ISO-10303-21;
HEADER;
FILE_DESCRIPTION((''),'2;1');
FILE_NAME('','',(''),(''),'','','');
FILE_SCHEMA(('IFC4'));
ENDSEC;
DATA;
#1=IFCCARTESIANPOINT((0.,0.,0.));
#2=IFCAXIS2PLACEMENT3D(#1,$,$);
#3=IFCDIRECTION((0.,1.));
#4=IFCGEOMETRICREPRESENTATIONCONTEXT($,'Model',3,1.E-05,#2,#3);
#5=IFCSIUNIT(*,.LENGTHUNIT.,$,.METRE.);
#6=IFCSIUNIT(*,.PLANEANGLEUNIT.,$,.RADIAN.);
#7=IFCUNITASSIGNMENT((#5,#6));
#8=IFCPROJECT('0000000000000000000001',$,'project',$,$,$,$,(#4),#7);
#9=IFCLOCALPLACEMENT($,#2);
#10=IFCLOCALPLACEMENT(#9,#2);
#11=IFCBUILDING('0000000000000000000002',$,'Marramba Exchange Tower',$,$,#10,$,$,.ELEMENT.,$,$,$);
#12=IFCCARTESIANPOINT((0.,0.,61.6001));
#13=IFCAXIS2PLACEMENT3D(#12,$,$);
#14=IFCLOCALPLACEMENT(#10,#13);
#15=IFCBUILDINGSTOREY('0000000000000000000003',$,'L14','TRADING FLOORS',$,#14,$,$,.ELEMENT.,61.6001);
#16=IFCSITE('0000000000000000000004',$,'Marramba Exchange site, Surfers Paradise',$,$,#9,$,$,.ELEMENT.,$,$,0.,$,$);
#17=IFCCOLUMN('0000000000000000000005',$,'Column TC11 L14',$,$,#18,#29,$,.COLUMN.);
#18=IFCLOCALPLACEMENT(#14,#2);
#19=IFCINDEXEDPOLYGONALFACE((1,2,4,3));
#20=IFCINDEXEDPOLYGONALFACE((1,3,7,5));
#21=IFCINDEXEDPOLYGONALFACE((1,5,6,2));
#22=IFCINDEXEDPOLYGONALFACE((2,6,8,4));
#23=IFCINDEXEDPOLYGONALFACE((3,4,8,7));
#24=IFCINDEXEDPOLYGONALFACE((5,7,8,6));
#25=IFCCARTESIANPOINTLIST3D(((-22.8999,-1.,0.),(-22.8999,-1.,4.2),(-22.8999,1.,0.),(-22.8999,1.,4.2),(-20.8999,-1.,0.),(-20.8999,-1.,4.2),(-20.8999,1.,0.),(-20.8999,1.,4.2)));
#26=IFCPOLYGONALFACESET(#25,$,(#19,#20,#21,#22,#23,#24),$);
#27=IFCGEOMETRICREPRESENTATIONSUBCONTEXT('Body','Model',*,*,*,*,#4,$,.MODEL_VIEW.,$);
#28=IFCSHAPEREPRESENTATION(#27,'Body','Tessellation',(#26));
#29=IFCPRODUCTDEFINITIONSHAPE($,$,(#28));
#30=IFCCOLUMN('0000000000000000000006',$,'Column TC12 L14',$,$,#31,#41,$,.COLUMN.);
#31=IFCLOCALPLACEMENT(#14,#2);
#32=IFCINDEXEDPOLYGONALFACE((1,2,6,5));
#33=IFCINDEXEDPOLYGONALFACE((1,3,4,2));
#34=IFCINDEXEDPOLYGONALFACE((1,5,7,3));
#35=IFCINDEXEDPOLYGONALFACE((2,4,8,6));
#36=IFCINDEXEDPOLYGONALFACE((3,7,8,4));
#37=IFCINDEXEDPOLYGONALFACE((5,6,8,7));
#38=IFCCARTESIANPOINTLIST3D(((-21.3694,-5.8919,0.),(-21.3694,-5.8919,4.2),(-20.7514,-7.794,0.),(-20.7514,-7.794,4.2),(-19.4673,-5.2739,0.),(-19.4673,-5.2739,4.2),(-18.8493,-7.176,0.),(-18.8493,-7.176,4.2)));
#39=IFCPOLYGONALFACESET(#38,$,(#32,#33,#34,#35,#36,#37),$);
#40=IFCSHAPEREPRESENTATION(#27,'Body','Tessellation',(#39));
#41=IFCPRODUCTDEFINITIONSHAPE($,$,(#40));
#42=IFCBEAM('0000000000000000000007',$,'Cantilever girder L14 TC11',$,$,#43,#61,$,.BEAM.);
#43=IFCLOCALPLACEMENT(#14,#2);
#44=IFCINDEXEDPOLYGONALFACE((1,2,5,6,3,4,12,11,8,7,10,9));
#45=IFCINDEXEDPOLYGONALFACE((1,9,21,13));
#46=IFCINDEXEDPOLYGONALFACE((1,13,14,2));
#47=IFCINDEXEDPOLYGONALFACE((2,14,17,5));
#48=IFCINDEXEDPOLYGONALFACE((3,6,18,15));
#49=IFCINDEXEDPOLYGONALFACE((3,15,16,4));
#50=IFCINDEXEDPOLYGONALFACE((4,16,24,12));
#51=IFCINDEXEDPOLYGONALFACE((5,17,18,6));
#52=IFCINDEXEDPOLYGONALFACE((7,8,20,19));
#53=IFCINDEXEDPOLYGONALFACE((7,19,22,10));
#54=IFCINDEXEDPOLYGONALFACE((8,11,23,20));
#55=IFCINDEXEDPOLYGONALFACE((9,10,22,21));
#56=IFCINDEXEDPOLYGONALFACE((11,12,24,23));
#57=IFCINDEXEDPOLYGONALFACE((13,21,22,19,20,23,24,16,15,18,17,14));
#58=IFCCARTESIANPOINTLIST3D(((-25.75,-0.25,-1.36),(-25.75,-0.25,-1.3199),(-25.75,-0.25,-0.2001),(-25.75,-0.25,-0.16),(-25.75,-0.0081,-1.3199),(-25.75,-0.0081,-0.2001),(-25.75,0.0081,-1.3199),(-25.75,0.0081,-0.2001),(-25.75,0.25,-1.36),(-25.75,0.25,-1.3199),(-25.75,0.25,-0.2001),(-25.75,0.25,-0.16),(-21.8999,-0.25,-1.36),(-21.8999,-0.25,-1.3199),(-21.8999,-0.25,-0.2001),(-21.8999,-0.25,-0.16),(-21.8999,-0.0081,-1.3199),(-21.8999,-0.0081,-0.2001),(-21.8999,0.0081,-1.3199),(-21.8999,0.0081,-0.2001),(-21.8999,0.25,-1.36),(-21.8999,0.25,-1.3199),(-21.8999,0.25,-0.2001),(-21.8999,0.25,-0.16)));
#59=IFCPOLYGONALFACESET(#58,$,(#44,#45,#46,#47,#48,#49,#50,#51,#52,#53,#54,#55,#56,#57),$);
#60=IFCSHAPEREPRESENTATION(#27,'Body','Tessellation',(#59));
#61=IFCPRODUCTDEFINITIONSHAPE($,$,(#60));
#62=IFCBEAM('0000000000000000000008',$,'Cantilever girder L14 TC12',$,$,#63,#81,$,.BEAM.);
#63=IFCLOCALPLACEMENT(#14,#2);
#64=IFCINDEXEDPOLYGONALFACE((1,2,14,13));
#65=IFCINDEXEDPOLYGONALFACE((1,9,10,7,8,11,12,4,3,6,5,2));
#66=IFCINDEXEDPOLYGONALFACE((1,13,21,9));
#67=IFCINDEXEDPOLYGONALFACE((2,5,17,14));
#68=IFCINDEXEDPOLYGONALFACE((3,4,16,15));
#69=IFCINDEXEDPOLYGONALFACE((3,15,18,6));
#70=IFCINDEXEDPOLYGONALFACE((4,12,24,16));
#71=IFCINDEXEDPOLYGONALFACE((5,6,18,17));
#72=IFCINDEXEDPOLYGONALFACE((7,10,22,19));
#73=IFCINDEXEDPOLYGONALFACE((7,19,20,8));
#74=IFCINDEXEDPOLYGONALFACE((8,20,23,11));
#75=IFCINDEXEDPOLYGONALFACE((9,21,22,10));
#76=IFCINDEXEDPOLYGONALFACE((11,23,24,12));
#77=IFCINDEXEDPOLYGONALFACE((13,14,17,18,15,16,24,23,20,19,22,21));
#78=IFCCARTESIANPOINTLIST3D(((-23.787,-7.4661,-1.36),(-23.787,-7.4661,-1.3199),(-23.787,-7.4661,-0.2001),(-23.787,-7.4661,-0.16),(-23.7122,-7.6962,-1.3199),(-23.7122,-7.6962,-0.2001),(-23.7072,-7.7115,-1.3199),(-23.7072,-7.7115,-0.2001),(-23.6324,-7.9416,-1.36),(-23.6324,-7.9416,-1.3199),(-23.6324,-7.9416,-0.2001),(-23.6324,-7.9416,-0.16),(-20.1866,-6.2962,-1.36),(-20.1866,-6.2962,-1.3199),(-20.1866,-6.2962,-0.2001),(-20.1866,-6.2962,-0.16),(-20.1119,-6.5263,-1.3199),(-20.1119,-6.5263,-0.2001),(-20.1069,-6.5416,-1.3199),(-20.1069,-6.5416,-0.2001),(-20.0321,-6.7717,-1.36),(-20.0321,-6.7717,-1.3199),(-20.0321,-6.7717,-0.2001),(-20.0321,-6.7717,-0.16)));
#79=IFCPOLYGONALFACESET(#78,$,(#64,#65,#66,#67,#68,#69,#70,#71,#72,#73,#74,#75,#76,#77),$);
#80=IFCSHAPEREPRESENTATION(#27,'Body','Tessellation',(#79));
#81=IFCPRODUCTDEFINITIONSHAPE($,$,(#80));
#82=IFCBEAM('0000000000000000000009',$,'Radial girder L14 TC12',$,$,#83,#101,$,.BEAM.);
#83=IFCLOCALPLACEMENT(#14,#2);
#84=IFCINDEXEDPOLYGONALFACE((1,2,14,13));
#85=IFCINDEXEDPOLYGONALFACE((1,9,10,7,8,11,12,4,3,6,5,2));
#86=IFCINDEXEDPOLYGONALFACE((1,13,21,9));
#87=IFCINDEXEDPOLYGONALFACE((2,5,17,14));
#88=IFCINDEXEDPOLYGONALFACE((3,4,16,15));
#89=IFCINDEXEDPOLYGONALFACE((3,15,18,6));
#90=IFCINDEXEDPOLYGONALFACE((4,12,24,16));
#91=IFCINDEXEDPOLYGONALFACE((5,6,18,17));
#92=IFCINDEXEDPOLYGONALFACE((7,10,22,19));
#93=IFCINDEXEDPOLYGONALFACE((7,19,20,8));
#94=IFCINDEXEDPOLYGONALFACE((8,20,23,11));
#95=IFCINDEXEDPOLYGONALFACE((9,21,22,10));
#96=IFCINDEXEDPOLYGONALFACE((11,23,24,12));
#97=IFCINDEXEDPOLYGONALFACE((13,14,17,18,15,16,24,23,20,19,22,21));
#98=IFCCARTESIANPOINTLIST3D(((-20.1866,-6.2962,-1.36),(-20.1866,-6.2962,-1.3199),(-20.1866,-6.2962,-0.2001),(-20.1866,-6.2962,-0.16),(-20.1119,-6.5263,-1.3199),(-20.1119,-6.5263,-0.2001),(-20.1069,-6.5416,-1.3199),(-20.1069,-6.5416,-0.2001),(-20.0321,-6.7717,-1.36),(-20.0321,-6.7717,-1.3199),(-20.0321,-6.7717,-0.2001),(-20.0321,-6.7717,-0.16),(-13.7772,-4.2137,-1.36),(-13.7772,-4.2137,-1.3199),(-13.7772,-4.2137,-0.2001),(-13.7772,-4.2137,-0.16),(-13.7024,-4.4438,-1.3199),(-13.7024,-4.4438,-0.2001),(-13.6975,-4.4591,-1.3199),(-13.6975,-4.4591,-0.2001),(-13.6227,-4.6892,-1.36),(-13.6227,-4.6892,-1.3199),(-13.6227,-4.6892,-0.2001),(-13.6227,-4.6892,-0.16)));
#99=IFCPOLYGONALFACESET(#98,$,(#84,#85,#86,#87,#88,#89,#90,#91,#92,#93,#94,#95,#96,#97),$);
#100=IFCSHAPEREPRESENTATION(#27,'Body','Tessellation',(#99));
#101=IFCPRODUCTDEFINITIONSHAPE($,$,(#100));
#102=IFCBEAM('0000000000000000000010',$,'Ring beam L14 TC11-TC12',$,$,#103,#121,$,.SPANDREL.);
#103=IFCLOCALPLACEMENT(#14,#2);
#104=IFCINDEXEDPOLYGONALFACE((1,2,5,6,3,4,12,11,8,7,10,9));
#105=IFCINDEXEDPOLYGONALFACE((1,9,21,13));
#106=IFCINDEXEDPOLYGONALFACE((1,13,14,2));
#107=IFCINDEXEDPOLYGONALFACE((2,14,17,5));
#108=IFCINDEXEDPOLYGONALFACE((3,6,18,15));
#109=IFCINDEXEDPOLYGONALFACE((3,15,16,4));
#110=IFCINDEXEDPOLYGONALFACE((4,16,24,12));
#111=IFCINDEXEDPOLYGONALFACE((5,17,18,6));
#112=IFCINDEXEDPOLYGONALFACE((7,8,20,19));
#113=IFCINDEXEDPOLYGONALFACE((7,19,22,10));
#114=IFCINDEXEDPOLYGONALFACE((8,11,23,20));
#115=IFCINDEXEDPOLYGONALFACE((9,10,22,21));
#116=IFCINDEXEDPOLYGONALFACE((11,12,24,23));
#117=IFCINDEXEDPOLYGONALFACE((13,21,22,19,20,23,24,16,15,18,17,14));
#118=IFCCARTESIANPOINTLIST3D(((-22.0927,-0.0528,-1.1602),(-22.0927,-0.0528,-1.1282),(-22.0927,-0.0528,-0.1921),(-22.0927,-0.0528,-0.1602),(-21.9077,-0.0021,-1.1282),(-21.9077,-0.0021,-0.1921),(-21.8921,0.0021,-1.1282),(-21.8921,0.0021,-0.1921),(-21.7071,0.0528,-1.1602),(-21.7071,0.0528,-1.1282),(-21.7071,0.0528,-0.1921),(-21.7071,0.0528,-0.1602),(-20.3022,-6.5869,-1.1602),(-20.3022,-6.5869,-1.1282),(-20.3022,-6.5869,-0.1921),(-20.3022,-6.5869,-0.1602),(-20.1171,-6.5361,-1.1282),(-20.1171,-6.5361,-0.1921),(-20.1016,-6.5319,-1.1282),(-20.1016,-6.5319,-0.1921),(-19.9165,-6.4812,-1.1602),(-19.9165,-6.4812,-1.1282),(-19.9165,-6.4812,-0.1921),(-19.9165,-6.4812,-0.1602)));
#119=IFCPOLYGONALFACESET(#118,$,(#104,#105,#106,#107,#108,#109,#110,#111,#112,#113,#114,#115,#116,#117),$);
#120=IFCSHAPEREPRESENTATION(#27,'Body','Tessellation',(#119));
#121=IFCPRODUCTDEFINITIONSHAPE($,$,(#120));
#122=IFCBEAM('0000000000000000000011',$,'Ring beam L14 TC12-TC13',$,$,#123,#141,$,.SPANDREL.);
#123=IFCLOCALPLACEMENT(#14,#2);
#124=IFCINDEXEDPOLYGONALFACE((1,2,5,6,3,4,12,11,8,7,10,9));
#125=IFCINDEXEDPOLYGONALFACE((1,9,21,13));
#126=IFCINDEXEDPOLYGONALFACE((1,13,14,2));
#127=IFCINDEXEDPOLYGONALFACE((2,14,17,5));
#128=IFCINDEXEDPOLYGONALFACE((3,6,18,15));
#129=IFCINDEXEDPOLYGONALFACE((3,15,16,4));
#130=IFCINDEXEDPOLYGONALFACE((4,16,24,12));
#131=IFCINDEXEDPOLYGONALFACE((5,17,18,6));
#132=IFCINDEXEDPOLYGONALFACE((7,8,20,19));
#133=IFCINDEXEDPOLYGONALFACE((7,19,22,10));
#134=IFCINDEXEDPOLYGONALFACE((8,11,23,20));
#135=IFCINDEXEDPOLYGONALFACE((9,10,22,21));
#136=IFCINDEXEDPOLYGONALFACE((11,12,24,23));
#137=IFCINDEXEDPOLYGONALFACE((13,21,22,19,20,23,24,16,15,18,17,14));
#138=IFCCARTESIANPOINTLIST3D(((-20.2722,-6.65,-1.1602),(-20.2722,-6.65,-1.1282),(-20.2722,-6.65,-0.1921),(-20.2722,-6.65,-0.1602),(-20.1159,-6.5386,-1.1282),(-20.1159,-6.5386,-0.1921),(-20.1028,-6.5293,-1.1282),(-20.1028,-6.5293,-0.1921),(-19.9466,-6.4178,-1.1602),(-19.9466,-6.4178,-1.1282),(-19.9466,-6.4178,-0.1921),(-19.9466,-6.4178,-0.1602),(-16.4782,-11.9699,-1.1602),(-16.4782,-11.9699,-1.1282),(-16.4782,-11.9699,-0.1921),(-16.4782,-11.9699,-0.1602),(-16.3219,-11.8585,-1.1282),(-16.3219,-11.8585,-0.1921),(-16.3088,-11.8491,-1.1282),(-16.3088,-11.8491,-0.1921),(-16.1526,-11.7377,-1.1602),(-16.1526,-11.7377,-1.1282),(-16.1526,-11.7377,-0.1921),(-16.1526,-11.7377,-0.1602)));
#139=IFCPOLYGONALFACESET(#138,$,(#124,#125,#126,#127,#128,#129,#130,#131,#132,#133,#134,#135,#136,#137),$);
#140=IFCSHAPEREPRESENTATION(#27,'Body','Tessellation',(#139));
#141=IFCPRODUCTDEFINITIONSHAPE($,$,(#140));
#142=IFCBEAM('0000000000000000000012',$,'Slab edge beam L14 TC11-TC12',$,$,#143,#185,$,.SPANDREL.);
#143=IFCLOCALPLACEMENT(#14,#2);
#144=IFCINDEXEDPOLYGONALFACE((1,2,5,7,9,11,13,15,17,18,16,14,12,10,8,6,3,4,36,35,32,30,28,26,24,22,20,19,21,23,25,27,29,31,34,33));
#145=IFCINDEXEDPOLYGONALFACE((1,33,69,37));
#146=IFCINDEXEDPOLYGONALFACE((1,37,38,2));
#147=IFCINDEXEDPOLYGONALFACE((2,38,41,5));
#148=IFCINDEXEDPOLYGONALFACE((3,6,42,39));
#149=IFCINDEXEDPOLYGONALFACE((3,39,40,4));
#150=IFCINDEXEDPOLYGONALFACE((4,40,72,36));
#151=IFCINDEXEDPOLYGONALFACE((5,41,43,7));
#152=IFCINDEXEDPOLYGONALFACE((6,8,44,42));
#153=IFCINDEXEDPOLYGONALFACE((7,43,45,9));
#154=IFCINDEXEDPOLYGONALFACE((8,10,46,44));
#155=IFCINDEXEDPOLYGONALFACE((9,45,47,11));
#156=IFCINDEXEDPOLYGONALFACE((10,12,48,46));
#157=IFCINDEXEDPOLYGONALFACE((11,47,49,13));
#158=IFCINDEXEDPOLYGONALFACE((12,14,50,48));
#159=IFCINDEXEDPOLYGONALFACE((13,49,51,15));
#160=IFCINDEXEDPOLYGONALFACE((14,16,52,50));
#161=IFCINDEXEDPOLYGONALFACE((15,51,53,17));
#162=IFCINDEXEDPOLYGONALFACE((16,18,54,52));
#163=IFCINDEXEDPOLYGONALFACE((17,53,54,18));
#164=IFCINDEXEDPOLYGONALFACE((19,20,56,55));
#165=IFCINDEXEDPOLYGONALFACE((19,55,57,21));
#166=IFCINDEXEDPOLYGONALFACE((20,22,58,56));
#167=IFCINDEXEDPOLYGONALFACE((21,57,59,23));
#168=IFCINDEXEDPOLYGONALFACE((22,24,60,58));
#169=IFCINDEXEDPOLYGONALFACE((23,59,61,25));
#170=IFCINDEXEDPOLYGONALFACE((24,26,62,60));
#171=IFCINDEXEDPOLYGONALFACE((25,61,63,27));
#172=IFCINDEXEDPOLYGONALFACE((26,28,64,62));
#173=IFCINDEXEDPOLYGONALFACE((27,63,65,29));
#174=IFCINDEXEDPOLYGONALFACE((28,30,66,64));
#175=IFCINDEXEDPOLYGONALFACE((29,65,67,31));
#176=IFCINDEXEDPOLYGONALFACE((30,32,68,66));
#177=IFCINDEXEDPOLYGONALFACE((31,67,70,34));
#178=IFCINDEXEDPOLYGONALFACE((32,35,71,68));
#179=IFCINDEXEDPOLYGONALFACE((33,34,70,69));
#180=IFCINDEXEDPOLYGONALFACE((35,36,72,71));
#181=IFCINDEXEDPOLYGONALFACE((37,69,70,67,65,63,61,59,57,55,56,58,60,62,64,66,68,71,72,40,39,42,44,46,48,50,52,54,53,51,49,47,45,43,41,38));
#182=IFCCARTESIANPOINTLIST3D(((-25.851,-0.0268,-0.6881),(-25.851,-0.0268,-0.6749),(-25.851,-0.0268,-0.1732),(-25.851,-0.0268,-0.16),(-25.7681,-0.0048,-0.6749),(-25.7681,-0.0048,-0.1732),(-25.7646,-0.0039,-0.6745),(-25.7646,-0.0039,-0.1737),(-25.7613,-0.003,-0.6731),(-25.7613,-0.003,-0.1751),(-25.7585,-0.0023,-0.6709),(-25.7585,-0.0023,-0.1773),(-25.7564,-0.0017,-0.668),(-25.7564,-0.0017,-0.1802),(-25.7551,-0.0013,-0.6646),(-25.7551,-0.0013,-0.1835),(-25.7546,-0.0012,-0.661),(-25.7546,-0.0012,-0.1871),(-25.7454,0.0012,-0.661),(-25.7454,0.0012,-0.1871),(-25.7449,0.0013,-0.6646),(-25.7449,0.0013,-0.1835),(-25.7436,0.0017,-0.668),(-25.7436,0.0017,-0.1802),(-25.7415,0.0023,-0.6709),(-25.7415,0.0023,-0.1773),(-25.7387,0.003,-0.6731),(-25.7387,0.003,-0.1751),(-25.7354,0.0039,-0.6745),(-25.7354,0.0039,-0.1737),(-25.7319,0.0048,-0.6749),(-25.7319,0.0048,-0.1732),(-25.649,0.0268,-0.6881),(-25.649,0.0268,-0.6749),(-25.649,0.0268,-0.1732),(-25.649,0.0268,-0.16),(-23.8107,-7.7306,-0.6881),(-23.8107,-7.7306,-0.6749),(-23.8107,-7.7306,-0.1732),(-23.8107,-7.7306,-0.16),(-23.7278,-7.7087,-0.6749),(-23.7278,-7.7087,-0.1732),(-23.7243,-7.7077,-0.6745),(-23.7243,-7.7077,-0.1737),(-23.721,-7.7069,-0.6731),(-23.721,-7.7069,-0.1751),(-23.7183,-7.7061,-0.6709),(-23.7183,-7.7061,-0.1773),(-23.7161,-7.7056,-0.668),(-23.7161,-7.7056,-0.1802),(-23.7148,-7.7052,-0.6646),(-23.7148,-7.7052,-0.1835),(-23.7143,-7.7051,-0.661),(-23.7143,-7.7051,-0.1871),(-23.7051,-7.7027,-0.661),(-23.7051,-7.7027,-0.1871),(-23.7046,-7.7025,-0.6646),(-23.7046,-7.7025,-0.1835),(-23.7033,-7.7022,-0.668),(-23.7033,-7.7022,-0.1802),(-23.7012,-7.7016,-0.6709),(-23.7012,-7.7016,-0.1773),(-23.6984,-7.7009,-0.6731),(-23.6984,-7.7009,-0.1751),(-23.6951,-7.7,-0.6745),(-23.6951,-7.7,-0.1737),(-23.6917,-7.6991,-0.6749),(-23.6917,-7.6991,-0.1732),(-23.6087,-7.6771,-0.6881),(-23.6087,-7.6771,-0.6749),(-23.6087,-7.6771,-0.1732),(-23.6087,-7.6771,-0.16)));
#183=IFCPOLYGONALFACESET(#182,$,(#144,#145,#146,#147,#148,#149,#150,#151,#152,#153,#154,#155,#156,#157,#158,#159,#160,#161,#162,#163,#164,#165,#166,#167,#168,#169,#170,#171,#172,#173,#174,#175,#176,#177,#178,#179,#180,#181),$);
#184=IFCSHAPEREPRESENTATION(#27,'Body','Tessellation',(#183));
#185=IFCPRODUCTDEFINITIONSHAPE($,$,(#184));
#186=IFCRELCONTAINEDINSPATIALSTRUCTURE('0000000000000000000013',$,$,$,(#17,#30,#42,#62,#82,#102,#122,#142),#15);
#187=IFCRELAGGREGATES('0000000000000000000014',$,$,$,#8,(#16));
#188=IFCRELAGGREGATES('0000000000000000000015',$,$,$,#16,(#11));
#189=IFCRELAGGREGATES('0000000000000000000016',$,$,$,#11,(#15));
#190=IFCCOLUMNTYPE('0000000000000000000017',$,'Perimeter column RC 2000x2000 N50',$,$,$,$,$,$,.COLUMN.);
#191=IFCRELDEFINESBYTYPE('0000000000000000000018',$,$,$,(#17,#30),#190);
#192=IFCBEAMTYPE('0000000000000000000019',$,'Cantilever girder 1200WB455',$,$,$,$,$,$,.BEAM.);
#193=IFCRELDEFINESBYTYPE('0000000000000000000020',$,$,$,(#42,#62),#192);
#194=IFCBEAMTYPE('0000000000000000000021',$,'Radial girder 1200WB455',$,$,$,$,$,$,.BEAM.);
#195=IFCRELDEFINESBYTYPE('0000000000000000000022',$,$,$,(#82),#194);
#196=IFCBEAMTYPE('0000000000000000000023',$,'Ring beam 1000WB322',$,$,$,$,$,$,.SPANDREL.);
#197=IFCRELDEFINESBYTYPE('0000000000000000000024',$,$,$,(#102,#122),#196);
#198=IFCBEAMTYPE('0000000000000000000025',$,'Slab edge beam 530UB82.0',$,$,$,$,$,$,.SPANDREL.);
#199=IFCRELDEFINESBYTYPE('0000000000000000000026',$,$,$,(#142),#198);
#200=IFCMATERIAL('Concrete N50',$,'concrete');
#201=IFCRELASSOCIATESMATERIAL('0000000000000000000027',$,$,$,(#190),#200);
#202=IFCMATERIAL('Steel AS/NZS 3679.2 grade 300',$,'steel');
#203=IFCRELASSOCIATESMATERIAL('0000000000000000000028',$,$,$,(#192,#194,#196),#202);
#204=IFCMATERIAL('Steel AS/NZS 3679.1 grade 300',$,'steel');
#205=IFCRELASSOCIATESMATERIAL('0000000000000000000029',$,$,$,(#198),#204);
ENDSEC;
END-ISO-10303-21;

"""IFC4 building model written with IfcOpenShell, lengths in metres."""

from ifc_helpers import new_model, si_unit, direction, frame, origin, origin_2d, place, context, subcontext, project, spatial, rectangle, i_section, extrude, material, material_profile, profile_set, type_object, element, save


model = new_model("IFC4")

# Units and contexts
model_context = context("Model", 3, precision=1e-05, world=origin(), true_north=direction((0.0, 1.0)))
body_context = subcontext(model_context, "Body", "Model", "MODEL_VIEW")
ifc_project = project(units=[si_unit("LENGTHUNIT", "METRE"), si_unit("PLANEANGLEUNIT", "RADIAN")], contexts=[model_context])

# Site, building, storey
site_placement = place(None, origin())
site = spatial("IfcSite", under=ifc_project, at=site_placement, Name="Marramba Exchange site, Surfers Paradise", CompositionType="ELEMENT", RefElevation=0.0)
building_placement = place(site_placement, origin())
building = spatial("IfcBuilding", under=site, at=building_placement, Name="Marramba Exchange Tower", CompositionType="ELEMENT")
storey_placement = place(building_placement, frame((0.0, 0.0, 61.6001)))
storey = spatial("IfcBuildingStorey", under=building, at=storey_placement, Name="L14", Description="TRADING FLOORS", CompositionType="ELEMENT", Elevation=61.6001)

# Columns
ifc_material_1 = material(Name="Concrete N50", Category="concrete")
ifc_material_profile_1 = material_profile(ifc_material_1, rectangle(XDim=2.0, YDim=2.0, at=origin_2d()), Name="RC 2000x2000")
ifc_profile_set_1 = profile_set([ifc_material_profile_1], Name="Concrete N50")
column_type = type_object("IfcColumnType", Name="Perimeter column RC 2000x2000 N50", PredefinedType="COLUMN", material=ifc_profile_set_1)
for number, where, z_axis, x_axis, name in (
    (1, (-21.8999, 0.0, 0.0), (0.0, 0.0, 1.0), (-1.0, 0.0, 0.0), "Column TC11 L14"),
    (2, (-20.1094, -6.5339, 0.0), (0.0, 0.0, 1.0), (-0.951057, -0.309017, 0.0), "Column TC12 L14"),
):
    element("IfcColumn", number, at=place(storey_placement, frame(where, z_axis=z_axis, x_axis=x_axis)), inside=storey, type_object=column_type, Name=name, PredefinedType="COLUMN", context=body_context, shape_type="SweptSolid", body=[
        extrude(rectangle(XDim=2.0, YDim=2.0, at=origin_2d()), origin(), (0.0, 0.0, 1.0), 4.2),
    ])

# Beams
ifc_material_2 = material(Name="Steel AS/NZS 3679.2 grade 300", Category="steel")
ifc_material_profile_2 = material_profile(ifc_material_2, i_section(OverallWidth=0.5, OverallDepth=1.2, WebThickness=0.0161, FlangeThickness=0.04, at=origin_2d()), Name="1200WB455")
ifc_profile_set_2 = profile_set([ifc_material_profile_2], Name="Steel AS/NZS 3679.2 grade 300")
beam_type_1 = type_object("IfcBeamType", Name="Cantilever girder 1200WB455", PredefinedType="BEAM", material=ifc_profile_set_2)
beam_1_placement = place(storey_placement, frame((-21.8999, 0.0, -0.76), z_axis=(-1.0, 0.0, 0.0), x_axis=(0.0, -1.0, 0.0)))
element("IfcBeam", 3, at=beam_1_placement, inside=storey, type_object=beam_type_1, Name="Cantilever girder L14 TC11", PredefinedType="BEAM", context=body_context, shape_type="SweptSolid", body=[
    extrude(i_section(OverallWidth=0.5, OverallDepth=1.2, WebThickness=0.0161, FlangeThickness=0.04, at=origin_2d()), origin(), (0.0, 0.0, 1.0), 3.8501),
])
beam_2_placement = place(storey_placement, frame((-20.1094, -6.5339, -0.76), z_axis=(-0.951049, -0.309041, 0.0), x_axis=(0.309041, -0.951049, 0.0)))
element("IfcBeam", 4, at=beam_2_placement, inside=storey, type_object=beam_type_1, Name="Cantilever girder L14 TC12", PredefinedType="BEAM", context=body_context, shape_type="SweptSolid", body=[
    extrude(i_section(OverallWidth=0.5, OverallDepth=1.2, WebThickness=0.0161, FlangeThickness=0.04, at=origin_2d()), origin(), (0.0, 0.0, 1.0), 3.7856),
])
ifc_material_profile_3 = material_profile(ifc_material_2, i_section(OverallWidth=0.5, OverallDepth=1.2, WebThickness=0.0161, FlangeThickness=0.04, at=origin_2d()), Name="1200WB455")
ifc_profile_set_3 = profile_set([ifc_material_profile_3], Name="Steel AS/NZS 3679.2 grade 300")
beam_type_2 = type_object("IfcBeamType", Name="Radial girder 1200WB455", PredefinedType="BEAM", material=ifc_profile_set_3)
beam_3_placement = place(storey_placement, frame((-13.7, -4.4514, -0.76), z_axis=(-0.951058, -0.309013, 0.0), x_axis=(0.309013, -0.951058, 0.0)))
element("IfcBeam", 5, at=beam_3_placement, inside=storey, type_object=beam_type_2, Name="Radial girder L14 TC12", PredefinedType="BEAM", context=body_context, shape_type="SweptSolid", body=[
    extrude(i_section(OverallWidth=0.5, OverallDepth=1.2, WebThickness=0.0161, FlangeThickness=0.04, at=origin_2d()), origin(), (0.0, 0.0, 1.0), 6.7393),
])
ifc_material_profile_4 = material_profile(ifc_material_2, i_section(OverallWidth=0.3999, OverallDepth=1.0, WebThickness=0.0161, FlangeThickness=0.032, at=origin_2d()), Name="1000WB322")
ifc_profile_set_4 = profile_set([ifc_material_profile_4], Name="Steel AS/NZS 3679.2 grade 300")
beam_type_3 = type_object("IfcBeamType", Name="Ring beam 1000WB322", PredefinedType="SPANDREL", material=ifc_profile_set_4)
beam_4_placement = place(storey_placement, frame((-21.8999, 0.0, -0.6602), z_axis=(0.264291, -0.964443, 0.0), x_axis=(0.964443, 0.264291, 0.0)))
element("IfcBeam", 6, at=beam_4_placement, inside=storey, type_object=beam_type_3, Name="Ring beam L14 TC11-TC12", PredefinedType="SPANDREL", context=body_context, shape_type="SweptSolid", body=[
    extrude(i_section(OverallWidth=0.3999, OverallDepth=1.0, WebThickness=0.0161, FlangeThickness=0.032, at=origin_2d()), origin(), (0.0, 0.0, 1.0), 6.7749),
])
beam_5_placement = place(storey_placement, frame((-20.1094, -6.5339, -0.6602), z_axis=(0.580637, -0.814162, 0.0), x_axis=(0.814162, 0.580637, 0.0)))
element("IfcBeam", 7, at=beam_5_placement, inside=storey, type_object=beam_type_3, Name="Ring beam L14 TC12-TC13", PredefinedType="SPANDREL", context=body_context, shape_type="SweptSolid", body=[
    extrude(i_section(OverallWidth=0.3999, OverallDepth=1.0, WebThickness=0.0161, FlangeThickness=0.032, at=origin_2d()), origin(), (0.0, 0.0, 1.0), 6.5342),
])
ifc_material_3 = material(Name="Steel AS/NZS 3679.1 grade 300", Category="steel")
ifc_material_profile_5 = material_profile(ifc_material_3, i_section(OverallWidth=0.209, OverallDepth=0.5281, WebThickness=0.0095, FlangeThickness=0.0132, FilletRadius=0.0139, at=origin_2d()), Name="530UB82.0")
ifc_profile_set_5 = profile_set([ifc_material_profile_5], Name="Steel AS/NZS 3679.1 grade 300")
beam_type_4 = type_object("IfcBeamType", Name="Slab edge beam 530UB82.0", PredefinedType="SPANDREL", material=ifc_profile_set_5)
beam_6_placement = place(storey_placement, frame((-25.75, 0.0, -0.4241), z_axis=(0.256013, -0.966673, 0.0), x_axis=(0.966673, 0.256013, 0.0)))
element("IfcBeam", 8, at=beam_6_placement, inside=storey, type_object=beam_type_4, Name="Slab edge beam L14 TC11-TC12", PredefinedType="SPANDREL", context=body_context, shape_type="SweptSolid", body=[
    extrude(i_section(OverallWidth=0.209, OverallDepth=0.5281, WebThickness=0.0095, FlangeThickness=0.0132, FilletRadius=0.0139, at=origin_2d()), origin(), (0.0, 0.0, 1.0), 7.9695),
])

save(model, "model.ifc")
